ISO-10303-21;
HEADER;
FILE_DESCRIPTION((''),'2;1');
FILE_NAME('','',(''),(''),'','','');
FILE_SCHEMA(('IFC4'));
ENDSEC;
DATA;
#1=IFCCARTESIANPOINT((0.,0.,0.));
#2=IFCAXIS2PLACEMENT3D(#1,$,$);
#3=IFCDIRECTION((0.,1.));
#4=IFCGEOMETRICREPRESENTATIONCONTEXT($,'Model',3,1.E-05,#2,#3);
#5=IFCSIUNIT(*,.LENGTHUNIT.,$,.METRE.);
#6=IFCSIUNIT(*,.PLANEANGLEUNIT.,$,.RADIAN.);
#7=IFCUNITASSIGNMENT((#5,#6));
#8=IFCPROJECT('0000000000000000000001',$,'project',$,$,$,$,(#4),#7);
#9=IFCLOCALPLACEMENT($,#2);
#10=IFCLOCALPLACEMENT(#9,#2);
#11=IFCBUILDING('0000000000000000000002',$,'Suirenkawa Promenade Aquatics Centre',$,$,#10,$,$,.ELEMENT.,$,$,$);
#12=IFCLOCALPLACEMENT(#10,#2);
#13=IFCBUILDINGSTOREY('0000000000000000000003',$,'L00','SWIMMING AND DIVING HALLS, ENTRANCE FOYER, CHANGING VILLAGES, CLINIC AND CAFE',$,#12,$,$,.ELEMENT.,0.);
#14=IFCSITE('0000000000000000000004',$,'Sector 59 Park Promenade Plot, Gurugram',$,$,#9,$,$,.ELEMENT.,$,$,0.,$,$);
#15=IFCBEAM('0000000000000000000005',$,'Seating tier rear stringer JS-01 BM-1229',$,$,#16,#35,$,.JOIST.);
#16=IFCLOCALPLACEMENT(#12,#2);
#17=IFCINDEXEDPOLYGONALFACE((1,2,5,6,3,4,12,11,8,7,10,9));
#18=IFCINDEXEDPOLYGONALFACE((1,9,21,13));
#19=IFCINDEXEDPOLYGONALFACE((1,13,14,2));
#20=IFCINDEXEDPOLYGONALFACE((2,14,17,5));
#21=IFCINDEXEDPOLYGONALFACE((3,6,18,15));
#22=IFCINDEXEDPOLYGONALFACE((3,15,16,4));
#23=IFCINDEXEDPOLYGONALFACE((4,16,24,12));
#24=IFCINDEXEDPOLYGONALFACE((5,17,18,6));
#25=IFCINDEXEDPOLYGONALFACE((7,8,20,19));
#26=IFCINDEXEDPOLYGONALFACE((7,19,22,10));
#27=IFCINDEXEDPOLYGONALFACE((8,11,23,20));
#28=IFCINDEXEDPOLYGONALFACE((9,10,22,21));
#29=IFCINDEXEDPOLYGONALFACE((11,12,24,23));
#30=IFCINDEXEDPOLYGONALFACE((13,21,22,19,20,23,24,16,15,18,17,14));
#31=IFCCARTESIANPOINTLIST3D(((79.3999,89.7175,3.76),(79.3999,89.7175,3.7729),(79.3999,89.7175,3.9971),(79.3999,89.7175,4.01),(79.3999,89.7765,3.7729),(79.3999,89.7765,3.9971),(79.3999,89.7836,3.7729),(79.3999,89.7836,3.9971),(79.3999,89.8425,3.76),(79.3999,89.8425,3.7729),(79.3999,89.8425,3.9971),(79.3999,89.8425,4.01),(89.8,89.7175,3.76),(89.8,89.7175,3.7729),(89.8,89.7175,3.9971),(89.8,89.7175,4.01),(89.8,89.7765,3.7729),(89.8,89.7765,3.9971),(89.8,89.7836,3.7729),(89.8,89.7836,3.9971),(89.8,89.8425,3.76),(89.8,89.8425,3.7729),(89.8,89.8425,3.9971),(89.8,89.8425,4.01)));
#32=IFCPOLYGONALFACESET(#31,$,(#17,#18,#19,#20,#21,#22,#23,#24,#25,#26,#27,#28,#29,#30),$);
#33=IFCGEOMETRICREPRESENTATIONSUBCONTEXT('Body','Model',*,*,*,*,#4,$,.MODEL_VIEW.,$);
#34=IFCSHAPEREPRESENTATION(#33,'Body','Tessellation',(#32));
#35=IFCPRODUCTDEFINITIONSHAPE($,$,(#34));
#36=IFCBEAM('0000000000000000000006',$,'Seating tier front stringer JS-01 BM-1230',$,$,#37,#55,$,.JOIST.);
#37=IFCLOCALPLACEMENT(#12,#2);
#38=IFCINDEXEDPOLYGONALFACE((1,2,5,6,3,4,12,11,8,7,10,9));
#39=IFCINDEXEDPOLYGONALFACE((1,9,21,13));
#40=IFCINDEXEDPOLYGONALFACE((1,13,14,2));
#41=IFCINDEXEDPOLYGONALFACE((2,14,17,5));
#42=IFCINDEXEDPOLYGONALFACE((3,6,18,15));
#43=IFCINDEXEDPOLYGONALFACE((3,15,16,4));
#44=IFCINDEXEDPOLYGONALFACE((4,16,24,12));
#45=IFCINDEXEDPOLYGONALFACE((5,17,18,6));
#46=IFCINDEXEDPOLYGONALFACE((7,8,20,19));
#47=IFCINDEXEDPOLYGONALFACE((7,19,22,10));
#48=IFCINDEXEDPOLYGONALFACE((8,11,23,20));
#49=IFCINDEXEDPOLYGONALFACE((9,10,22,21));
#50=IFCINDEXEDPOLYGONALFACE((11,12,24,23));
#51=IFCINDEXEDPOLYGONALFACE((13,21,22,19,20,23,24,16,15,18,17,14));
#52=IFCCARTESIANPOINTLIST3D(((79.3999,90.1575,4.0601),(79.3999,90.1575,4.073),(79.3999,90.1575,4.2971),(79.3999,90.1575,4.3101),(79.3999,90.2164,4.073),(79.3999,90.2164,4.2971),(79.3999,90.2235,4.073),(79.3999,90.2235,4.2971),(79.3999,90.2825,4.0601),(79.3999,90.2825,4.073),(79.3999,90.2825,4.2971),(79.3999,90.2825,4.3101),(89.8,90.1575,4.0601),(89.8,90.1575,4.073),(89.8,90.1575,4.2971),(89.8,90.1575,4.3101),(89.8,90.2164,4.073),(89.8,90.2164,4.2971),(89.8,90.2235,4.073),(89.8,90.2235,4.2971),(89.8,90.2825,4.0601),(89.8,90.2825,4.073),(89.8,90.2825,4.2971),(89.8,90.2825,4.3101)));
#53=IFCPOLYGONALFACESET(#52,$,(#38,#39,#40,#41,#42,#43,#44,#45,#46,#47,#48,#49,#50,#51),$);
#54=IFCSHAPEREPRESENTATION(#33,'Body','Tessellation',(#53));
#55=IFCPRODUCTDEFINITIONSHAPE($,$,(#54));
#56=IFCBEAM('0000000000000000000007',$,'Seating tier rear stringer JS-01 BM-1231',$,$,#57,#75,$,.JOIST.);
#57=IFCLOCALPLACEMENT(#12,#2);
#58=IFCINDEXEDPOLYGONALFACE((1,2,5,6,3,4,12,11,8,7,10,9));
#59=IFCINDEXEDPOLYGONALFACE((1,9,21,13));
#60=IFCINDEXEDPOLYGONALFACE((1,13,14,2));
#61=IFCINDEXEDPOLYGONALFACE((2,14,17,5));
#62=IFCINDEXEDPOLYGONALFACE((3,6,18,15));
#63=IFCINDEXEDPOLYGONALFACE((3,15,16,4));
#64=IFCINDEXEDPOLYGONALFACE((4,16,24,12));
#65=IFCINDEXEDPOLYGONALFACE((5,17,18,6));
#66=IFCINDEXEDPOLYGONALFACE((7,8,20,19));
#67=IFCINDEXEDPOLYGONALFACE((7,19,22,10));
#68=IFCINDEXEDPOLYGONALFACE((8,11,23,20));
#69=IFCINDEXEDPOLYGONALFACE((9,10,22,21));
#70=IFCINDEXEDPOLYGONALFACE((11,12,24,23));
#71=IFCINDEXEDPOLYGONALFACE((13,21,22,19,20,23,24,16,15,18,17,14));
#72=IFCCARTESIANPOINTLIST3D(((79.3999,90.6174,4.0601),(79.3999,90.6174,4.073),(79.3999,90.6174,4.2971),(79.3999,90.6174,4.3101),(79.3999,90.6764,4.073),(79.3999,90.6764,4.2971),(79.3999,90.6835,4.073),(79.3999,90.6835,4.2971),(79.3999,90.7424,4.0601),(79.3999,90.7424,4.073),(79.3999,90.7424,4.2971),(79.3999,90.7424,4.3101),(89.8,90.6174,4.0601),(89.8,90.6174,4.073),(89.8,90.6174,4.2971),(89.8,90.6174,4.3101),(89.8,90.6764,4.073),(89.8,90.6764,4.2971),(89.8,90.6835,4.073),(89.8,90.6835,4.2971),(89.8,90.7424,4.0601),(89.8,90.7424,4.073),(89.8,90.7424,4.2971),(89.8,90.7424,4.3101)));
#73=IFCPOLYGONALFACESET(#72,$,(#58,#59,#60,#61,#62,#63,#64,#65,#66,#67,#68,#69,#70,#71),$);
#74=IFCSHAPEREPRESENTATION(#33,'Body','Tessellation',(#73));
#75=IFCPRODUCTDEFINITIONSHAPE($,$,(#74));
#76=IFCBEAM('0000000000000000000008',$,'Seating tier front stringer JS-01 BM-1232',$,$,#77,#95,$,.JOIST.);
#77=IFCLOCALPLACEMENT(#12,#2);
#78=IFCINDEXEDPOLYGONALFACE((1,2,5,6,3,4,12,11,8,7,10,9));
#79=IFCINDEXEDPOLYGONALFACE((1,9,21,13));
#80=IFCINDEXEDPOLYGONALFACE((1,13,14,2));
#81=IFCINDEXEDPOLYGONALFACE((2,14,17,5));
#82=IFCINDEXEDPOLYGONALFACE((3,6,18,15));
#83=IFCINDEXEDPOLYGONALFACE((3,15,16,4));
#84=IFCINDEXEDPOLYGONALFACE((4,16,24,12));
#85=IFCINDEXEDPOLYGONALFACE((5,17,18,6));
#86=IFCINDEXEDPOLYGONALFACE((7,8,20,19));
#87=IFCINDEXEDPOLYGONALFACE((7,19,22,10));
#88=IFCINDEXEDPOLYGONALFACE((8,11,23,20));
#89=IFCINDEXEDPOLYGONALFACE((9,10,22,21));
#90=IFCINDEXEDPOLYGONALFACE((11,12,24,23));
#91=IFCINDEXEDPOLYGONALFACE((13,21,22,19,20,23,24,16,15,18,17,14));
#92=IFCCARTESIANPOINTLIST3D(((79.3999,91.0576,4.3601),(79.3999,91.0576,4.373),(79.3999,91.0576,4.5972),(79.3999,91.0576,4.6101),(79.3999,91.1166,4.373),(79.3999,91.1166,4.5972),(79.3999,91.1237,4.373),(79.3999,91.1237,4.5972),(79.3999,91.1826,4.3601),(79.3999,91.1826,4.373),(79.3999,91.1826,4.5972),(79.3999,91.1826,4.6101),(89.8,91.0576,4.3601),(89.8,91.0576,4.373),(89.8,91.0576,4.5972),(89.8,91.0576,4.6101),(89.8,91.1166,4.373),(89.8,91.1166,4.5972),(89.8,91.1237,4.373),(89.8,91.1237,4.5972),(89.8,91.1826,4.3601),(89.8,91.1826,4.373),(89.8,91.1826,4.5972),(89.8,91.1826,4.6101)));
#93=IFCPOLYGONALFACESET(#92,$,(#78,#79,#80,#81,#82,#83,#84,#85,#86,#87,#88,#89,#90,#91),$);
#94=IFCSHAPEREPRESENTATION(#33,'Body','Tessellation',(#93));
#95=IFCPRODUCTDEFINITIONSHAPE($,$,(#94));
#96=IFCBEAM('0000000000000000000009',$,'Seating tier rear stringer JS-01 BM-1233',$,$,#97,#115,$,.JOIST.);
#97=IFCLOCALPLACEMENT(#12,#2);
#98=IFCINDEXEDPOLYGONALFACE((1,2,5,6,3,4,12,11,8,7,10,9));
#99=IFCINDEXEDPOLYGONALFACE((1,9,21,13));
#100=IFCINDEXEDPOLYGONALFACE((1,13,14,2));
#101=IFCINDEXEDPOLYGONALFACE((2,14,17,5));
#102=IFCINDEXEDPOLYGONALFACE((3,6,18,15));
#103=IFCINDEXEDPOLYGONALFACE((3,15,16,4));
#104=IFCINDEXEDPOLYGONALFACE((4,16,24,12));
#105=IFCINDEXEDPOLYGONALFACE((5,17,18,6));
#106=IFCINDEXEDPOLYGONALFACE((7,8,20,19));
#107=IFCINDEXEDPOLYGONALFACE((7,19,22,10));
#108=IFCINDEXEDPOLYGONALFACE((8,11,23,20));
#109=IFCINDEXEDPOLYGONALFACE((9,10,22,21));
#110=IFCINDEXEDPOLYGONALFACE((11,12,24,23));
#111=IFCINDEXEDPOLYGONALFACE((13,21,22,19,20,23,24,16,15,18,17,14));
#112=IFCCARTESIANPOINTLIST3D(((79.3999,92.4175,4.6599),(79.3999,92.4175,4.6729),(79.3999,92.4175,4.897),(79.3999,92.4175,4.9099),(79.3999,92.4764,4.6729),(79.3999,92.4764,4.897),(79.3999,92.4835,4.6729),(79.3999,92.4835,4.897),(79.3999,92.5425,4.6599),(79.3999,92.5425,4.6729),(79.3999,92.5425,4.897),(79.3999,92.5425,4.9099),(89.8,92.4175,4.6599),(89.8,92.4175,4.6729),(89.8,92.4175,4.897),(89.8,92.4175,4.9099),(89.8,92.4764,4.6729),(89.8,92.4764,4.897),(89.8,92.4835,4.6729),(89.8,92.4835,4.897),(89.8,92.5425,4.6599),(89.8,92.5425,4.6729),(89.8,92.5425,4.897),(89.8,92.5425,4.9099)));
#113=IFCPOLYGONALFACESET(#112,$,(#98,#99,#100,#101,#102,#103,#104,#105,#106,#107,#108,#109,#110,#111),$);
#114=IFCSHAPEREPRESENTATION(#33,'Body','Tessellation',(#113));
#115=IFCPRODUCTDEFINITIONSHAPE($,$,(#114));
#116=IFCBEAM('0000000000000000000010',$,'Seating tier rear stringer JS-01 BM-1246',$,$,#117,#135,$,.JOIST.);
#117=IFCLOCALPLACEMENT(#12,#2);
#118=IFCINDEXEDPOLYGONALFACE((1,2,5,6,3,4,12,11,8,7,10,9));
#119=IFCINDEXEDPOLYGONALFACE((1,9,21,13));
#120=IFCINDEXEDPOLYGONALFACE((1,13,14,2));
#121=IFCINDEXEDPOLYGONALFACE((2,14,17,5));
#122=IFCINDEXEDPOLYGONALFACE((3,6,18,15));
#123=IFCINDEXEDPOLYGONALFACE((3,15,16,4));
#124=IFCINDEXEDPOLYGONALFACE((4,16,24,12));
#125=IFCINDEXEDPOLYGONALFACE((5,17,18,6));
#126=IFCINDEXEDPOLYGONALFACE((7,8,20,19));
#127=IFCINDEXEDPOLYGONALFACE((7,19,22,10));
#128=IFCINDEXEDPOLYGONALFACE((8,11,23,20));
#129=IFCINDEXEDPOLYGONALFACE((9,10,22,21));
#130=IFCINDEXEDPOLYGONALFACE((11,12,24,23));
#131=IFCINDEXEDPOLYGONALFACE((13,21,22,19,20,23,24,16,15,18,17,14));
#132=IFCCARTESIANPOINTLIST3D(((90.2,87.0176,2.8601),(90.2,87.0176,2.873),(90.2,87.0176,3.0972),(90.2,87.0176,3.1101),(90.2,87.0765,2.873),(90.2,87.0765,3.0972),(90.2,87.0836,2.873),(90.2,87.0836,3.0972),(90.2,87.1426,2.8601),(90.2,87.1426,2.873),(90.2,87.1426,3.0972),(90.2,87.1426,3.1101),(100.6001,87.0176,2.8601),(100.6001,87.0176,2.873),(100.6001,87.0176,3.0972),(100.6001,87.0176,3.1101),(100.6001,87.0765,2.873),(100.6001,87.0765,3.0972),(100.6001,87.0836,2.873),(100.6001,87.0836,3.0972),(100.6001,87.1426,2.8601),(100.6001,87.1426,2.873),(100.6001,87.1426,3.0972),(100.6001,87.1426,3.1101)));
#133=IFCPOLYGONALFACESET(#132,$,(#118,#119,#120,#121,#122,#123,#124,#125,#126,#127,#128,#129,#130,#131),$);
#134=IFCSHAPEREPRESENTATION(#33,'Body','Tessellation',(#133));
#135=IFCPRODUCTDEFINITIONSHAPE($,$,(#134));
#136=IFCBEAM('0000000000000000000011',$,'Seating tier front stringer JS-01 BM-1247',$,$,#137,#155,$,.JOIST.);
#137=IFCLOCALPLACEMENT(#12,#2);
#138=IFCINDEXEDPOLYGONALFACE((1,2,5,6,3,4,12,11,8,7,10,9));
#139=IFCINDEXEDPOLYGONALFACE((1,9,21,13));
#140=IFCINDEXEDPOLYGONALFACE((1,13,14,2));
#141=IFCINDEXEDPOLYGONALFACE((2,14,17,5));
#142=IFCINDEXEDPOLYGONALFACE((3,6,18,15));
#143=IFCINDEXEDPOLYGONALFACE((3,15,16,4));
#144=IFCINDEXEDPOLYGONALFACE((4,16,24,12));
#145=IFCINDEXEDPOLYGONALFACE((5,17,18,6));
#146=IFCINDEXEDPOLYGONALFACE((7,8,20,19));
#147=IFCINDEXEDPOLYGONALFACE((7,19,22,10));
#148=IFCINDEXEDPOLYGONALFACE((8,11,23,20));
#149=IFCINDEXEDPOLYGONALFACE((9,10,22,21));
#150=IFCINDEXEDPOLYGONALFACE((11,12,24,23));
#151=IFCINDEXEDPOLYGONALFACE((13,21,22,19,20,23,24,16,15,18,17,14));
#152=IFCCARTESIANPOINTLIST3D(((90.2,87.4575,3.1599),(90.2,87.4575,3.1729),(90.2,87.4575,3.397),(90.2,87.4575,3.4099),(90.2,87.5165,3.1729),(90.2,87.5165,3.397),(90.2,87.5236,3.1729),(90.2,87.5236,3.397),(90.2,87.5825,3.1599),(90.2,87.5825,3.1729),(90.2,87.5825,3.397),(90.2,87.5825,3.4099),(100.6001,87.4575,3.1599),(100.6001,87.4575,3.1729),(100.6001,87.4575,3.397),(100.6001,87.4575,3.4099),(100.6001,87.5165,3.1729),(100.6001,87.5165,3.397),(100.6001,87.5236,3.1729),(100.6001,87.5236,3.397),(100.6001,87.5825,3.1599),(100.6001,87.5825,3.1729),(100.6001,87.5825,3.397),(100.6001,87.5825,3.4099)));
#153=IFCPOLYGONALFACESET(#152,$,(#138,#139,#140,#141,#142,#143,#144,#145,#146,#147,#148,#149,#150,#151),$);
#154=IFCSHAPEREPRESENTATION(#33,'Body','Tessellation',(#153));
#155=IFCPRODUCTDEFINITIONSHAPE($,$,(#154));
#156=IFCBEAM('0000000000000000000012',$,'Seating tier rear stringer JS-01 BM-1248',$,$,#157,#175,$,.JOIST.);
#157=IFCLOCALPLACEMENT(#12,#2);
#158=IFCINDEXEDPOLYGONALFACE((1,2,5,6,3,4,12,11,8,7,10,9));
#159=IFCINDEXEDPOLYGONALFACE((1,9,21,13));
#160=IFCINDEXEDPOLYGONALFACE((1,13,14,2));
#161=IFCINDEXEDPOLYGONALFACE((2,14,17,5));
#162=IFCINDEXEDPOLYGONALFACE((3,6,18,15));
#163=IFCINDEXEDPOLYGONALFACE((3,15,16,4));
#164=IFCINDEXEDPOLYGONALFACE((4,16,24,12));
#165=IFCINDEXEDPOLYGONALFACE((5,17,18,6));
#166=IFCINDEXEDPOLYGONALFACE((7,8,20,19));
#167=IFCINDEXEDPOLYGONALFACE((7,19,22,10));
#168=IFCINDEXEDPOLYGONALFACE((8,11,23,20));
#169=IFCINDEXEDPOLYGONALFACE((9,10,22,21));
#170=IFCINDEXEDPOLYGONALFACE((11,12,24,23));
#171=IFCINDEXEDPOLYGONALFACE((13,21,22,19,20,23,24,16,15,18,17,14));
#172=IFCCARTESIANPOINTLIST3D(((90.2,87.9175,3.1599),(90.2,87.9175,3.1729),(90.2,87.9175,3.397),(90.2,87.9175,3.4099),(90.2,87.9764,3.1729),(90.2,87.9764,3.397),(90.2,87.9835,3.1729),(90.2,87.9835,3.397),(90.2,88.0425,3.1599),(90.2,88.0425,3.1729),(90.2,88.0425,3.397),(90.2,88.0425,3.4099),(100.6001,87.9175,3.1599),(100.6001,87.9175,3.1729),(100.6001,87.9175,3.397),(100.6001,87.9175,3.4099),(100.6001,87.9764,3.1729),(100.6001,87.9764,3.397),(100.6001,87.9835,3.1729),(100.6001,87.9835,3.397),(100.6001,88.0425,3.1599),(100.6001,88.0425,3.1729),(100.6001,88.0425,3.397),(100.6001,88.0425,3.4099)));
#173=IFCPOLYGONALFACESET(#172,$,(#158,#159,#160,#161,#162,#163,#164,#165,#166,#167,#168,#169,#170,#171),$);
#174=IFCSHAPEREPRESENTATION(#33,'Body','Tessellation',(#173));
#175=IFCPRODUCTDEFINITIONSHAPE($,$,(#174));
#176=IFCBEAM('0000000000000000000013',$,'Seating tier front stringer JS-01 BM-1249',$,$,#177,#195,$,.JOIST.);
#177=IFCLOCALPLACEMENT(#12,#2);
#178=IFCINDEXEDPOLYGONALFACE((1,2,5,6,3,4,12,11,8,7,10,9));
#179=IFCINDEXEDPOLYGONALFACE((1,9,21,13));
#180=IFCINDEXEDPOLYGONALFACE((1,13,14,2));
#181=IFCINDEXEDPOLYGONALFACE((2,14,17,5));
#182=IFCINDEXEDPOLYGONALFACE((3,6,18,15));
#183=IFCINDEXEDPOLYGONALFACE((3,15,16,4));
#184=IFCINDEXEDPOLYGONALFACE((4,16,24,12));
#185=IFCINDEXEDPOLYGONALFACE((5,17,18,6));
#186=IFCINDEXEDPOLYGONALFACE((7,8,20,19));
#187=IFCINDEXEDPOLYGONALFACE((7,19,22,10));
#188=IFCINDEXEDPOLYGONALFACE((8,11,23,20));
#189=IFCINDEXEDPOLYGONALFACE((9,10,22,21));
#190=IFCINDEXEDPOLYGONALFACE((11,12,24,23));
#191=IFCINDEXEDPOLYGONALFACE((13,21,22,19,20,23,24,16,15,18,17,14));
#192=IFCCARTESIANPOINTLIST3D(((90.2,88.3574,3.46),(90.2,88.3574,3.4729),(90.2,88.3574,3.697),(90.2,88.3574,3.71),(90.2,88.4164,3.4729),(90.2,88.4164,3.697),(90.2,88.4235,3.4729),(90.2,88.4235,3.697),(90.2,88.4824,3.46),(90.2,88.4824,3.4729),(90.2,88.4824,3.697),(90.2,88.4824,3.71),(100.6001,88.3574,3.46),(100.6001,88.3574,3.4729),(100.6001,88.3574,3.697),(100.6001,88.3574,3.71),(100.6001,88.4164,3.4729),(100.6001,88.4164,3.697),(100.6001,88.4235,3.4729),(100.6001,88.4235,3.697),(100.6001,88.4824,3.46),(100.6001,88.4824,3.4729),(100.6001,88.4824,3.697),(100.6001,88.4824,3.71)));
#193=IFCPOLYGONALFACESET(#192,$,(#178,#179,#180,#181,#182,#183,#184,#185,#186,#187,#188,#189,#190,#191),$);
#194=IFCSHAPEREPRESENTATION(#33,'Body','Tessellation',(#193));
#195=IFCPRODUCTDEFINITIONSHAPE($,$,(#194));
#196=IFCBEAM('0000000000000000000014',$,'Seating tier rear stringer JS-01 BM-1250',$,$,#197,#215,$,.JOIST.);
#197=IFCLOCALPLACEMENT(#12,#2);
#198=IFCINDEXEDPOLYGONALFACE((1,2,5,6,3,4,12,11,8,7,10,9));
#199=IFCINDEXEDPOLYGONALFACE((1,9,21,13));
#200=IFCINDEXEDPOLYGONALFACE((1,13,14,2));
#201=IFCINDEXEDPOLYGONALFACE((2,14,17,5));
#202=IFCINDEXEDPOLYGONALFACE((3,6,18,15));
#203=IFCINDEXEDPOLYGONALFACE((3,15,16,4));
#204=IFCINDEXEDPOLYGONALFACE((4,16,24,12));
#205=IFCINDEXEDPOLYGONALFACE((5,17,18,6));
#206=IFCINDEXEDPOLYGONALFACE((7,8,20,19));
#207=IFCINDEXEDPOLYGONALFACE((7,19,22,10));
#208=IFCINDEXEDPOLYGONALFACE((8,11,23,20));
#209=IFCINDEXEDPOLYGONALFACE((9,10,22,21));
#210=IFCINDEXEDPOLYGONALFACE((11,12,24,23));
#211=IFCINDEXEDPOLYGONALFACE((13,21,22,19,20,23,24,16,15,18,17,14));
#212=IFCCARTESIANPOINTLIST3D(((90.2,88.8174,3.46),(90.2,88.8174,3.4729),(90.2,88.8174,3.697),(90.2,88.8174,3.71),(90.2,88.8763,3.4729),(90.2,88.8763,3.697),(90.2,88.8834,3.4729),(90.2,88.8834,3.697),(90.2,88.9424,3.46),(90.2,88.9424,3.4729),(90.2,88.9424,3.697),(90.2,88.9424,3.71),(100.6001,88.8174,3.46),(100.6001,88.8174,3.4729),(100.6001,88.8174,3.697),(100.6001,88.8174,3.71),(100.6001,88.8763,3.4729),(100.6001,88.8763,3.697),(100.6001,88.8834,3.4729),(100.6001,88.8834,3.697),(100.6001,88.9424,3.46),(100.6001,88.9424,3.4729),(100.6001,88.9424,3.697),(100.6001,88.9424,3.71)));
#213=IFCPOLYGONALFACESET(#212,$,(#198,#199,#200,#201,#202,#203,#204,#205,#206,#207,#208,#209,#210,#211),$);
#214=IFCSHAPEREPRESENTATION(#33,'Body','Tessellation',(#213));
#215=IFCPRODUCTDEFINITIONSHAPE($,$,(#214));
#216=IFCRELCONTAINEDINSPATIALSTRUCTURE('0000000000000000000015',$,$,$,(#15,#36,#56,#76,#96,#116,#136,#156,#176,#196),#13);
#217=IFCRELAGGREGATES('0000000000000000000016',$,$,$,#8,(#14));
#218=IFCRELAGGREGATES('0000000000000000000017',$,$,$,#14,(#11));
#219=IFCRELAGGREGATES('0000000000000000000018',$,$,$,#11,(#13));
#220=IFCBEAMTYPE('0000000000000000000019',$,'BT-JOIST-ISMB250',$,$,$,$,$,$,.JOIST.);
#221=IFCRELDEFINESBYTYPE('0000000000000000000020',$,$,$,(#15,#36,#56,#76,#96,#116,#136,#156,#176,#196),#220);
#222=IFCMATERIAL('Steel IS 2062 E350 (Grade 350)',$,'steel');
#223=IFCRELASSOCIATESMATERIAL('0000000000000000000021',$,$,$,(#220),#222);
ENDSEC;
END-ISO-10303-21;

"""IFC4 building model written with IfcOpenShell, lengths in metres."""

from ifc_helpers import new_model, si_unit, direction, frame, origin, origin_2d, place, context, subcontext, project, spatial, i_section, extrude, material, material_profile, profile_set, type_object, element, save


model = new_model("IFC4")

# Units and contexts
model_context = context("Model", 3, precision=1e-05, world=origin(), true_north=direction((0.0, 1.0)))
body_context = subcontext(model_context, "Body", "Model", "MODEL_VIEW")
ifc_project = project(units=[si_unit("LENGTHUNIT", "METRE"), si_unit("PLANEANGLEUNIT", "RADIAN")], contexts=[model_context])

# Site, building, storey
site_placement = place(None, origin())
site = spatial("IfcSite", under=ifc_project, at=site_placement, Name="Sector 59 Park Promenade Plot, Gurugram", CompositionType="ELEMENT", RefElevation=0.0)
building_placement = place(site_placement, origin())
building = spatial("IfcBuilding", under=site, at=building_placement, Name="Suirenkawa Promenade Aquatics Centre", CompositionType="ELEMENT")
storey_placement = place(building_placement, origin())
storey = spatial("IfcBuildingStorey", under=building, at=storey_placement, Name="L00", Description="SWIMMING AND DIVING HALLS, ENTRANCE FOYER, CHANGING VILLAGES, CLINIC AND CAFE", CompositionType="ELEMENT", Elevation=0.0)

# Beams
ifc_material_1 = material(Name="Steel IS 2062 E350 (Grade 350)", Category="steel")
ifc_material_profile_1 = material_profile(ifc_material_1, i_section(OverallWidth=0.125, OverallDepth=0.25, WebThickness=0.0071, FlangeThickness=0.0129, at=origin_2d()), Name="ISMB 250", Category="steel")
ifc_profile_set_1 = profile_set([ifc_material_profile_1], Name="Steel IS 2062 E350 (Grade 350)")
beam_type_1 = type_object("IfcBeamType", Name="BT-JOIST-ISMB250", PredefinedType="JOIST", material=ifc_profile_set_1)
for number, where, z_axis, x_axis, name in (
    (1, (79.3999, 89.78, 3.885), (1.0, 0.0, 0.0), (0.0, 1.0, 0.0), "Seating tier rear stringer JS-01 BM-1229"),
    (2, (79.3999, 90.22, 4.1851), (1.0, 0.0, 0.0), (0.0, 1.0, 0.0), "Seating tier front stringer JS-01 BM-1230"),
    (3, (79.3999, 90.6799, 4.1851), (1.0, 0.0, 0.0), (0.0, 1.0, 0.0), "Seating tier rear stringer JS-01 BM-1231"),
    (4, (79.3999, 91.1201, 4.4851), (1.0, 0.0, 0.0), (0.0, 1.0, 0.0), "Seating tier front stringer JS-01 BM-1232"),
    (5, (79.3999, 92.48, 4.7849), (1.0, 0.0, 0.0), (0.0, 1.0, 0.0), "Seating tier rear stringer JS-01 BM-1233"),
    (6, (90.2, 87.0801, 2.9851), (1.0, 0.0, 0.0), (0.0, 1.0, 0.0), "Seating tier rear stringer JS-01 BM-1246"),
    (7, (90.2, 87.52, 3.2849), (1.0, 0.0, 0.0), (0.0, 1.0, 0.0), "Seating tier front stringer JS-01 BM-1247"),
    (8, (90.2, 87.98, 3.2849), (1.0, 0.0, 0.0), (0.0, 1.0, 0.0), "Seating tier rear stringer JS-01 BM-1248"),
    (9, (90.2, 88.4199, 3.585), (1.0, 0.0, 0.0), (0.0, 1.0, 0.0), "Seating tier front stringer JS-01 BM-1249"),
    (10, (90.2, 88.8799, 3.585), (1.0, 0.0, 0.0), (0.0, 1.0, 0.0), "Seating tier rear stringer JS-01 BM-1250"),
):
    element("IfcBeam", number, at=place(storey_placement, frame(where, z_axis=z_axis, x_axis=x_axis)), inside=storey, type_object=beam_type_1, Name=name, PredefinedType="JOIST", context=body_context, shape_type="SweptSolid", body=[
        extrude(i_section(OverallWidth=0.125, OverallDepth=0.25, WebThickness=0.0071, FlangeThickness=0.0129, at=origin_2d()), origin(), (0.0, 0.0, 1.0), 10.4001),
    ])

save(model, "model.ifc")
